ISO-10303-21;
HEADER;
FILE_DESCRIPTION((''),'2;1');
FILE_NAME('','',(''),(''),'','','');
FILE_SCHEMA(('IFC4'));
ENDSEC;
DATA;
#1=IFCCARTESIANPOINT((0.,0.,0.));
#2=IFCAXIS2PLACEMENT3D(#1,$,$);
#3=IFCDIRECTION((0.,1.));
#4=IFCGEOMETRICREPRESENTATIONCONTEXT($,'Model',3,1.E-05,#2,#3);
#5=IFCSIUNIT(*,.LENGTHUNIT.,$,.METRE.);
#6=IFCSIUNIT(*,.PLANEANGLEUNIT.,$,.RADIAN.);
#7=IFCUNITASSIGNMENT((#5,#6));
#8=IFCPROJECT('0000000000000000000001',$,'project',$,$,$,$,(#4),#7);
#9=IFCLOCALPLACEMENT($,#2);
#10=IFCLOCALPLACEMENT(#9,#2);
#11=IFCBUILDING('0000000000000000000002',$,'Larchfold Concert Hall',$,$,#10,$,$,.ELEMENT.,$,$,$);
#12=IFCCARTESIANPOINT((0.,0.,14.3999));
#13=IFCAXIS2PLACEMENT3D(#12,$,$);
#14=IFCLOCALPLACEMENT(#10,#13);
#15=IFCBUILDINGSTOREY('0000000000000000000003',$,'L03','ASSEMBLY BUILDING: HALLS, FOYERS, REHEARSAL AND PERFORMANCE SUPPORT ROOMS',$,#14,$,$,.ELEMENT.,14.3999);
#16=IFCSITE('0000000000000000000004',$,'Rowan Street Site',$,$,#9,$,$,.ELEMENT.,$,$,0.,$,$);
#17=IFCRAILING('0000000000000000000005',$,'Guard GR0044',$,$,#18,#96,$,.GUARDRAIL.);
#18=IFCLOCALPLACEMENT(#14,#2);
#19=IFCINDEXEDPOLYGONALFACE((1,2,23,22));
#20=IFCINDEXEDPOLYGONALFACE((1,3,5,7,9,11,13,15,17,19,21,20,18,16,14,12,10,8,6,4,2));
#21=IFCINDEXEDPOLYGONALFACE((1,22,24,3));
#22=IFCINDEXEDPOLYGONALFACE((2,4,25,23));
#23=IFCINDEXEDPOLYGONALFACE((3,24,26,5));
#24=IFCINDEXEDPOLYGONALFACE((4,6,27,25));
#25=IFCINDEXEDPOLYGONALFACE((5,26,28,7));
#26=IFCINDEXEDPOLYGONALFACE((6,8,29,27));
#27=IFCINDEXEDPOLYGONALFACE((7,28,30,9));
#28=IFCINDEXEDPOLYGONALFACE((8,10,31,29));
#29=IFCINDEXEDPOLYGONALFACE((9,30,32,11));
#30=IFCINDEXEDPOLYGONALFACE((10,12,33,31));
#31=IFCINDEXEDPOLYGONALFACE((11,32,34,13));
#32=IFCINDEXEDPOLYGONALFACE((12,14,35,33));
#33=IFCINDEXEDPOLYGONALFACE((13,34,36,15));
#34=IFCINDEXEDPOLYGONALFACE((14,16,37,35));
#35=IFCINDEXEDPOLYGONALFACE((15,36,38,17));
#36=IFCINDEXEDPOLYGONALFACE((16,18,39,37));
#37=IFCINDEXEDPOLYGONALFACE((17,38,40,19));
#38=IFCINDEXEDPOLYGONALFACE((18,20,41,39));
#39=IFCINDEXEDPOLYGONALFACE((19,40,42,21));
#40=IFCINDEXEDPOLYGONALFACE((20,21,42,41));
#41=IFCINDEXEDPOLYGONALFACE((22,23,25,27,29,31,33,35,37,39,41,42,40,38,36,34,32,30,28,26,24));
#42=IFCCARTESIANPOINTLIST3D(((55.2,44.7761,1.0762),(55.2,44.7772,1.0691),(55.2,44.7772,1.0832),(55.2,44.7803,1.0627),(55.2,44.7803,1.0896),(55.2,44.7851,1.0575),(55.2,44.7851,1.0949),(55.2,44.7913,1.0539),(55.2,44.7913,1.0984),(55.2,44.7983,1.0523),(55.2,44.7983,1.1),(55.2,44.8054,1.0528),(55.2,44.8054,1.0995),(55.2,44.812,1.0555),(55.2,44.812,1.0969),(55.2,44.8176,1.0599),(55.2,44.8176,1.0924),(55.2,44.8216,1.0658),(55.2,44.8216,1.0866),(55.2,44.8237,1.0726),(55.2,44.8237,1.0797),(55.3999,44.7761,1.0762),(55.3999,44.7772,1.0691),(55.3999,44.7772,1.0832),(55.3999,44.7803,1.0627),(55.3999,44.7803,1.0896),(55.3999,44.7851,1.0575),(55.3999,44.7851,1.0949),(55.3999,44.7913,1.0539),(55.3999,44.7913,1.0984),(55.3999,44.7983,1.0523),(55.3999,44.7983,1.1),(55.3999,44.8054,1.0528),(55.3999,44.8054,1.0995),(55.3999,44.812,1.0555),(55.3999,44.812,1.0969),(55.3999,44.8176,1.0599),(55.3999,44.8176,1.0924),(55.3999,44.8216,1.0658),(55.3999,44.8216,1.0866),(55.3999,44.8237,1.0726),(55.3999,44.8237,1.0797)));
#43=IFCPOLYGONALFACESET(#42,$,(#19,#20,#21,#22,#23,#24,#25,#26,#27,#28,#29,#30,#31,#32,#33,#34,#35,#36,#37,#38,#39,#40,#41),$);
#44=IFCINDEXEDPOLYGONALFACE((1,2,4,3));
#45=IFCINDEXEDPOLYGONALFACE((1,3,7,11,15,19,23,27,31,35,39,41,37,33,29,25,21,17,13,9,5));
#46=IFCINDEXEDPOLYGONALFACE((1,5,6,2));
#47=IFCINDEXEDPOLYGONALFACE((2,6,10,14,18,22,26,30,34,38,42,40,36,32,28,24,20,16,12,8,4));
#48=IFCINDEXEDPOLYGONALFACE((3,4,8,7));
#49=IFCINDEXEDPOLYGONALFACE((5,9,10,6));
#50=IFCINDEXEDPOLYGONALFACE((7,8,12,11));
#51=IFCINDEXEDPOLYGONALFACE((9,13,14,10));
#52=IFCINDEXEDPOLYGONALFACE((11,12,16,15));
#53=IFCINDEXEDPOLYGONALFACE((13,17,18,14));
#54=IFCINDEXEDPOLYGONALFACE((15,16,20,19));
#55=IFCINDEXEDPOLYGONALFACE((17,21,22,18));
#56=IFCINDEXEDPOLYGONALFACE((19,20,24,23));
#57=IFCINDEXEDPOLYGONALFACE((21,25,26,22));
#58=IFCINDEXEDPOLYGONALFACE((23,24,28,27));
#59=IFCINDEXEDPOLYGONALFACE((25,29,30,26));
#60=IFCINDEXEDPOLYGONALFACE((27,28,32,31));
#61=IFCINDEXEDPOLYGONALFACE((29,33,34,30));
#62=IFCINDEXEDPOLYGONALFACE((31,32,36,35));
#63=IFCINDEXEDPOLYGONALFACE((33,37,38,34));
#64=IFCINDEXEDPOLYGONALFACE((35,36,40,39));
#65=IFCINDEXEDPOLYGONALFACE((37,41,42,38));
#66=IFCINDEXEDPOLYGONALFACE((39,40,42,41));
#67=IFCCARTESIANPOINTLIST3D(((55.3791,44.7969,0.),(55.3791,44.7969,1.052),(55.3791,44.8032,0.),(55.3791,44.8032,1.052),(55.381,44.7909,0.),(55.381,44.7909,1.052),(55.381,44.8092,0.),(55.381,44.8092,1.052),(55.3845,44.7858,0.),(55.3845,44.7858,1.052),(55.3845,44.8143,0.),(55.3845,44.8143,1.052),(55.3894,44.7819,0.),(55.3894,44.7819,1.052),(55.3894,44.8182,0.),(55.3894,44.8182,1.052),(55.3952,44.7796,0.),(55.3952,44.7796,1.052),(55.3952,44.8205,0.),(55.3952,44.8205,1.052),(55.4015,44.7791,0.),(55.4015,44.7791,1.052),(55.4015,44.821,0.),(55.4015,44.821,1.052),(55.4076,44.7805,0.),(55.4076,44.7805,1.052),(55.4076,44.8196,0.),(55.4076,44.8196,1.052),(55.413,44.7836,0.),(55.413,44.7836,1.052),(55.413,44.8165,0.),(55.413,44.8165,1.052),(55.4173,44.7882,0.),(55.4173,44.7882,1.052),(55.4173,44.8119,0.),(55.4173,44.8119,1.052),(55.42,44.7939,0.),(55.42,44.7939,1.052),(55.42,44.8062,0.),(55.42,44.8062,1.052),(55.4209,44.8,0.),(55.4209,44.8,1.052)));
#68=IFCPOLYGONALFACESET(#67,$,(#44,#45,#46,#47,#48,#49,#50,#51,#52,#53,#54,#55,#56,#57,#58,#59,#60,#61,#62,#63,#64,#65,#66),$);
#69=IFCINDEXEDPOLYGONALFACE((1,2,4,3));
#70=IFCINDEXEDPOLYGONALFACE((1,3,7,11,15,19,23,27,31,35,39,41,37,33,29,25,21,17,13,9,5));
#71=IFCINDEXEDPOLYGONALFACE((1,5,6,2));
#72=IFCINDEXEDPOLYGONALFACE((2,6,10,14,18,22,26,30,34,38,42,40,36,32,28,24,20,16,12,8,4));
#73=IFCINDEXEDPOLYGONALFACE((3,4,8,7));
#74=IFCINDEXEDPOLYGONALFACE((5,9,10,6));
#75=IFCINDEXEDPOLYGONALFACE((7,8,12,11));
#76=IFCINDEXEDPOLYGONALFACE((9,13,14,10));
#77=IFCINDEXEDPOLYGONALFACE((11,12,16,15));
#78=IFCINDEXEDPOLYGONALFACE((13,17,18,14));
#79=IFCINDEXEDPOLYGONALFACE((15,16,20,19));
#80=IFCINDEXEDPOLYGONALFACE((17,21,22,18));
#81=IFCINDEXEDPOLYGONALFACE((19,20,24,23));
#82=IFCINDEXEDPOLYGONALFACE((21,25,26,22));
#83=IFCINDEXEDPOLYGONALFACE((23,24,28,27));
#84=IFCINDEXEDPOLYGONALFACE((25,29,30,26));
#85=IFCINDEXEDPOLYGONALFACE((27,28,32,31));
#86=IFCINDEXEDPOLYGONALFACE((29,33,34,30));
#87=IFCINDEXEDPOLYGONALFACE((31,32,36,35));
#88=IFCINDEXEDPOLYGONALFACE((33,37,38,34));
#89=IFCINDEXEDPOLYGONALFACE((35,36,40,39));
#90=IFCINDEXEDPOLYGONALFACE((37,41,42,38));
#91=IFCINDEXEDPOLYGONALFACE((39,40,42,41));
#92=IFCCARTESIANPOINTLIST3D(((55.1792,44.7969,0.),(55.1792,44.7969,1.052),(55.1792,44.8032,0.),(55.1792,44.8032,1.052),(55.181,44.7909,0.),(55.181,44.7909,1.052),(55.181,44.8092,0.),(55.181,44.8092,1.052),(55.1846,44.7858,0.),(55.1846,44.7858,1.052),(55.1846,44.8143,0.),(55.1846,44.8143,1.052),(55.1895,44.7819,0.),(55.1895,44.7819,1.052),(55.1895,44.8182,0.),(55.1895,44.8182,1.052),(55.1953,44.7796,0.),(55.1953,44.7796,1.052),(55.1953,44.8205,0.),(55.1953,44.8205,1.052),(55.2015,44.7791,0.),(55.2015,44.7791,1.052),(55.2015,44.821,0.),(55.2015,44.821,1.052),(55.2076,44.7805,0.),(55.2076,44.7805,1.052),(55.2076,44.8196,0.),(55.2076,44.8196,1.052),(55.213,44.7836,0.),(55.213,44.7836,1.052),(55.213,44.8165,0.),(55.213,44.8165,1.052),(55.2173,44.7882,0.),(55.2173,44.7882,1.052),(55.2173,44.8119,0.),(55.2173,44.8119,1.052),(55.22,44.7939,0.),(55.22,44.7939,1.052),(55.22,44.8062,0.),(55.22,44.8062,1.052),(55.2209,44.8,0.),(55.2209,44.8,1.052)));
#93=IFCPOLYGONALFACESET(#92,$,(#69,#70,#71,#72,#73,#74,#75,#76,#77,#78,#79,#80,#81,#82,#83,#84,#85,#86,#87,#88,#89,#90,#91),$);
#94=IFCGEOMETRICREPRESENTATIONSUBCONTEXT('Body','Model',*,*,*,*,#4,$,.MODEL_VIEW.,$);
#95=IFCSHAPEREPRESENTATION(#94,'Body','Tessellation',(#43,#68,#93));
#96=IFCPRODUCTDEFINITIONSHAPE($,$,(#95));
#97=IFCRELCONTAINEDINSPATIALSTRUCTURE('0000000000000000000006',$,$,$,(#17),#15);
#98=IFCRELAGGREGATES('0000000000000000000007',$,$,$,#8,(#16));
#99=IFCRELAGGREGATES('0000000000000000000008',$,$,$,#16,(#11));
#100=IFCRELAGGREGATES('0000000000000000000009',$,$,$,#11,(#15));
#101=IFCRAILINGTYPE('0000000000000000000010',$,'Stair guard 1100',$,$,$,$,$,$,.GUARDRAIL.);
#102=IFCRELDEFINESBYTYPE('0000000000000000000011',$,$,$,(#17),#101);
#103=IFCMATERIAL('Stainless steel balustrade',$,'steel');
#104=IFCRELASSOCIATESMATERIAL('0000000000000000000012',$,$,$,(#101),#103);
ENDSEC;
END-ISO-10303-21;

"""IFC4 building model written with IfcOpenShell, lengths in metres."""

from ifc_helpers import new_model, si_unit, direction, frame, origin, origin_2d, place, context, subcontext, project, spatial, circle, extrude, material, type_object, element, save


model = new_model("IFC4")

# Units and contexts
model_context = context("Model", 3, precision=1e-05, world=origin(), true_north=direction((0.0, 1.0)))
body_context = subcontext(model_context, "Body", "Model", "MODEL_VIEW")
ifc_project = project(units=[si_unit("LENGTHUNIT", "METRE"), si_unit("PLANEANGLEUNIT", "RADIAN")], contexts=[model_context])

# Site, building, storey
site_placement = place(None, origin())
site = spatial("IfcSite", under=ifc_project, at=site_placement, Name="Rowan Street Site", CompositionType="ELEMENT", RefElevation=0.0)
building_placement = place(site_placement, origin())
building = spatial("IfcBuilding", under=site, at=building_placement, Name="Larchfold Concert Hall", CompositionType="ELEMENT")
storey_placement = place(building_placement, frame((0.0, 0.0, 14.3999)))
storey = spatial("IfcBuildingStorey", under=building, at=storey_placement, Name="L03", Description="ASSEMBLY BUILDING: HALLS, FOYERS, REHEARSAL AND PERFORMANCE SUPPORT ROOMS", CompositionType="ELEMENT", Elevation=14.3999)

# Railing
ifc_material_1 = material(Name="Stainless steel balustrade", Category="steel")
railing_type_1 = type_object("IfcRailingType", Name="Stair guard 1100", PredefinedType="GUARDRAIL", material=ifc_material_1)
railing_1_placement = place(storey_placement, frame((55.3999, 44.8, 0.0)))
element("IfcRailing", 1, at=railing_1_placement, inside=storey, type_object=railing_type_1, Name="Guard GR0044", PredefinedType="GUARDRAIL", context=body_context, shape_type="SweptSolid", body=[
    extrude(circle(Radius=0.0239, at=origin_2d()), frame((0.0, 0.0, 1.0762), z_axis=(-1.0, 0.0, 0.0), x_axis=(0.0, -1.0, 0.0)), (0.0, 0.0, 1.0), 0.2),
    extrude(circle(Radius=0.021, at=origin_2d()), origin(), (0.0, 0.0, 1.0), 1.052),
    extrude(circle(Radius=0.021, at=origin_2d()), frame((-0.2, 0.0, 0.0)), (0.0, 0.0, 1.0), 1.052),
])

save(model, "model.ifc")
